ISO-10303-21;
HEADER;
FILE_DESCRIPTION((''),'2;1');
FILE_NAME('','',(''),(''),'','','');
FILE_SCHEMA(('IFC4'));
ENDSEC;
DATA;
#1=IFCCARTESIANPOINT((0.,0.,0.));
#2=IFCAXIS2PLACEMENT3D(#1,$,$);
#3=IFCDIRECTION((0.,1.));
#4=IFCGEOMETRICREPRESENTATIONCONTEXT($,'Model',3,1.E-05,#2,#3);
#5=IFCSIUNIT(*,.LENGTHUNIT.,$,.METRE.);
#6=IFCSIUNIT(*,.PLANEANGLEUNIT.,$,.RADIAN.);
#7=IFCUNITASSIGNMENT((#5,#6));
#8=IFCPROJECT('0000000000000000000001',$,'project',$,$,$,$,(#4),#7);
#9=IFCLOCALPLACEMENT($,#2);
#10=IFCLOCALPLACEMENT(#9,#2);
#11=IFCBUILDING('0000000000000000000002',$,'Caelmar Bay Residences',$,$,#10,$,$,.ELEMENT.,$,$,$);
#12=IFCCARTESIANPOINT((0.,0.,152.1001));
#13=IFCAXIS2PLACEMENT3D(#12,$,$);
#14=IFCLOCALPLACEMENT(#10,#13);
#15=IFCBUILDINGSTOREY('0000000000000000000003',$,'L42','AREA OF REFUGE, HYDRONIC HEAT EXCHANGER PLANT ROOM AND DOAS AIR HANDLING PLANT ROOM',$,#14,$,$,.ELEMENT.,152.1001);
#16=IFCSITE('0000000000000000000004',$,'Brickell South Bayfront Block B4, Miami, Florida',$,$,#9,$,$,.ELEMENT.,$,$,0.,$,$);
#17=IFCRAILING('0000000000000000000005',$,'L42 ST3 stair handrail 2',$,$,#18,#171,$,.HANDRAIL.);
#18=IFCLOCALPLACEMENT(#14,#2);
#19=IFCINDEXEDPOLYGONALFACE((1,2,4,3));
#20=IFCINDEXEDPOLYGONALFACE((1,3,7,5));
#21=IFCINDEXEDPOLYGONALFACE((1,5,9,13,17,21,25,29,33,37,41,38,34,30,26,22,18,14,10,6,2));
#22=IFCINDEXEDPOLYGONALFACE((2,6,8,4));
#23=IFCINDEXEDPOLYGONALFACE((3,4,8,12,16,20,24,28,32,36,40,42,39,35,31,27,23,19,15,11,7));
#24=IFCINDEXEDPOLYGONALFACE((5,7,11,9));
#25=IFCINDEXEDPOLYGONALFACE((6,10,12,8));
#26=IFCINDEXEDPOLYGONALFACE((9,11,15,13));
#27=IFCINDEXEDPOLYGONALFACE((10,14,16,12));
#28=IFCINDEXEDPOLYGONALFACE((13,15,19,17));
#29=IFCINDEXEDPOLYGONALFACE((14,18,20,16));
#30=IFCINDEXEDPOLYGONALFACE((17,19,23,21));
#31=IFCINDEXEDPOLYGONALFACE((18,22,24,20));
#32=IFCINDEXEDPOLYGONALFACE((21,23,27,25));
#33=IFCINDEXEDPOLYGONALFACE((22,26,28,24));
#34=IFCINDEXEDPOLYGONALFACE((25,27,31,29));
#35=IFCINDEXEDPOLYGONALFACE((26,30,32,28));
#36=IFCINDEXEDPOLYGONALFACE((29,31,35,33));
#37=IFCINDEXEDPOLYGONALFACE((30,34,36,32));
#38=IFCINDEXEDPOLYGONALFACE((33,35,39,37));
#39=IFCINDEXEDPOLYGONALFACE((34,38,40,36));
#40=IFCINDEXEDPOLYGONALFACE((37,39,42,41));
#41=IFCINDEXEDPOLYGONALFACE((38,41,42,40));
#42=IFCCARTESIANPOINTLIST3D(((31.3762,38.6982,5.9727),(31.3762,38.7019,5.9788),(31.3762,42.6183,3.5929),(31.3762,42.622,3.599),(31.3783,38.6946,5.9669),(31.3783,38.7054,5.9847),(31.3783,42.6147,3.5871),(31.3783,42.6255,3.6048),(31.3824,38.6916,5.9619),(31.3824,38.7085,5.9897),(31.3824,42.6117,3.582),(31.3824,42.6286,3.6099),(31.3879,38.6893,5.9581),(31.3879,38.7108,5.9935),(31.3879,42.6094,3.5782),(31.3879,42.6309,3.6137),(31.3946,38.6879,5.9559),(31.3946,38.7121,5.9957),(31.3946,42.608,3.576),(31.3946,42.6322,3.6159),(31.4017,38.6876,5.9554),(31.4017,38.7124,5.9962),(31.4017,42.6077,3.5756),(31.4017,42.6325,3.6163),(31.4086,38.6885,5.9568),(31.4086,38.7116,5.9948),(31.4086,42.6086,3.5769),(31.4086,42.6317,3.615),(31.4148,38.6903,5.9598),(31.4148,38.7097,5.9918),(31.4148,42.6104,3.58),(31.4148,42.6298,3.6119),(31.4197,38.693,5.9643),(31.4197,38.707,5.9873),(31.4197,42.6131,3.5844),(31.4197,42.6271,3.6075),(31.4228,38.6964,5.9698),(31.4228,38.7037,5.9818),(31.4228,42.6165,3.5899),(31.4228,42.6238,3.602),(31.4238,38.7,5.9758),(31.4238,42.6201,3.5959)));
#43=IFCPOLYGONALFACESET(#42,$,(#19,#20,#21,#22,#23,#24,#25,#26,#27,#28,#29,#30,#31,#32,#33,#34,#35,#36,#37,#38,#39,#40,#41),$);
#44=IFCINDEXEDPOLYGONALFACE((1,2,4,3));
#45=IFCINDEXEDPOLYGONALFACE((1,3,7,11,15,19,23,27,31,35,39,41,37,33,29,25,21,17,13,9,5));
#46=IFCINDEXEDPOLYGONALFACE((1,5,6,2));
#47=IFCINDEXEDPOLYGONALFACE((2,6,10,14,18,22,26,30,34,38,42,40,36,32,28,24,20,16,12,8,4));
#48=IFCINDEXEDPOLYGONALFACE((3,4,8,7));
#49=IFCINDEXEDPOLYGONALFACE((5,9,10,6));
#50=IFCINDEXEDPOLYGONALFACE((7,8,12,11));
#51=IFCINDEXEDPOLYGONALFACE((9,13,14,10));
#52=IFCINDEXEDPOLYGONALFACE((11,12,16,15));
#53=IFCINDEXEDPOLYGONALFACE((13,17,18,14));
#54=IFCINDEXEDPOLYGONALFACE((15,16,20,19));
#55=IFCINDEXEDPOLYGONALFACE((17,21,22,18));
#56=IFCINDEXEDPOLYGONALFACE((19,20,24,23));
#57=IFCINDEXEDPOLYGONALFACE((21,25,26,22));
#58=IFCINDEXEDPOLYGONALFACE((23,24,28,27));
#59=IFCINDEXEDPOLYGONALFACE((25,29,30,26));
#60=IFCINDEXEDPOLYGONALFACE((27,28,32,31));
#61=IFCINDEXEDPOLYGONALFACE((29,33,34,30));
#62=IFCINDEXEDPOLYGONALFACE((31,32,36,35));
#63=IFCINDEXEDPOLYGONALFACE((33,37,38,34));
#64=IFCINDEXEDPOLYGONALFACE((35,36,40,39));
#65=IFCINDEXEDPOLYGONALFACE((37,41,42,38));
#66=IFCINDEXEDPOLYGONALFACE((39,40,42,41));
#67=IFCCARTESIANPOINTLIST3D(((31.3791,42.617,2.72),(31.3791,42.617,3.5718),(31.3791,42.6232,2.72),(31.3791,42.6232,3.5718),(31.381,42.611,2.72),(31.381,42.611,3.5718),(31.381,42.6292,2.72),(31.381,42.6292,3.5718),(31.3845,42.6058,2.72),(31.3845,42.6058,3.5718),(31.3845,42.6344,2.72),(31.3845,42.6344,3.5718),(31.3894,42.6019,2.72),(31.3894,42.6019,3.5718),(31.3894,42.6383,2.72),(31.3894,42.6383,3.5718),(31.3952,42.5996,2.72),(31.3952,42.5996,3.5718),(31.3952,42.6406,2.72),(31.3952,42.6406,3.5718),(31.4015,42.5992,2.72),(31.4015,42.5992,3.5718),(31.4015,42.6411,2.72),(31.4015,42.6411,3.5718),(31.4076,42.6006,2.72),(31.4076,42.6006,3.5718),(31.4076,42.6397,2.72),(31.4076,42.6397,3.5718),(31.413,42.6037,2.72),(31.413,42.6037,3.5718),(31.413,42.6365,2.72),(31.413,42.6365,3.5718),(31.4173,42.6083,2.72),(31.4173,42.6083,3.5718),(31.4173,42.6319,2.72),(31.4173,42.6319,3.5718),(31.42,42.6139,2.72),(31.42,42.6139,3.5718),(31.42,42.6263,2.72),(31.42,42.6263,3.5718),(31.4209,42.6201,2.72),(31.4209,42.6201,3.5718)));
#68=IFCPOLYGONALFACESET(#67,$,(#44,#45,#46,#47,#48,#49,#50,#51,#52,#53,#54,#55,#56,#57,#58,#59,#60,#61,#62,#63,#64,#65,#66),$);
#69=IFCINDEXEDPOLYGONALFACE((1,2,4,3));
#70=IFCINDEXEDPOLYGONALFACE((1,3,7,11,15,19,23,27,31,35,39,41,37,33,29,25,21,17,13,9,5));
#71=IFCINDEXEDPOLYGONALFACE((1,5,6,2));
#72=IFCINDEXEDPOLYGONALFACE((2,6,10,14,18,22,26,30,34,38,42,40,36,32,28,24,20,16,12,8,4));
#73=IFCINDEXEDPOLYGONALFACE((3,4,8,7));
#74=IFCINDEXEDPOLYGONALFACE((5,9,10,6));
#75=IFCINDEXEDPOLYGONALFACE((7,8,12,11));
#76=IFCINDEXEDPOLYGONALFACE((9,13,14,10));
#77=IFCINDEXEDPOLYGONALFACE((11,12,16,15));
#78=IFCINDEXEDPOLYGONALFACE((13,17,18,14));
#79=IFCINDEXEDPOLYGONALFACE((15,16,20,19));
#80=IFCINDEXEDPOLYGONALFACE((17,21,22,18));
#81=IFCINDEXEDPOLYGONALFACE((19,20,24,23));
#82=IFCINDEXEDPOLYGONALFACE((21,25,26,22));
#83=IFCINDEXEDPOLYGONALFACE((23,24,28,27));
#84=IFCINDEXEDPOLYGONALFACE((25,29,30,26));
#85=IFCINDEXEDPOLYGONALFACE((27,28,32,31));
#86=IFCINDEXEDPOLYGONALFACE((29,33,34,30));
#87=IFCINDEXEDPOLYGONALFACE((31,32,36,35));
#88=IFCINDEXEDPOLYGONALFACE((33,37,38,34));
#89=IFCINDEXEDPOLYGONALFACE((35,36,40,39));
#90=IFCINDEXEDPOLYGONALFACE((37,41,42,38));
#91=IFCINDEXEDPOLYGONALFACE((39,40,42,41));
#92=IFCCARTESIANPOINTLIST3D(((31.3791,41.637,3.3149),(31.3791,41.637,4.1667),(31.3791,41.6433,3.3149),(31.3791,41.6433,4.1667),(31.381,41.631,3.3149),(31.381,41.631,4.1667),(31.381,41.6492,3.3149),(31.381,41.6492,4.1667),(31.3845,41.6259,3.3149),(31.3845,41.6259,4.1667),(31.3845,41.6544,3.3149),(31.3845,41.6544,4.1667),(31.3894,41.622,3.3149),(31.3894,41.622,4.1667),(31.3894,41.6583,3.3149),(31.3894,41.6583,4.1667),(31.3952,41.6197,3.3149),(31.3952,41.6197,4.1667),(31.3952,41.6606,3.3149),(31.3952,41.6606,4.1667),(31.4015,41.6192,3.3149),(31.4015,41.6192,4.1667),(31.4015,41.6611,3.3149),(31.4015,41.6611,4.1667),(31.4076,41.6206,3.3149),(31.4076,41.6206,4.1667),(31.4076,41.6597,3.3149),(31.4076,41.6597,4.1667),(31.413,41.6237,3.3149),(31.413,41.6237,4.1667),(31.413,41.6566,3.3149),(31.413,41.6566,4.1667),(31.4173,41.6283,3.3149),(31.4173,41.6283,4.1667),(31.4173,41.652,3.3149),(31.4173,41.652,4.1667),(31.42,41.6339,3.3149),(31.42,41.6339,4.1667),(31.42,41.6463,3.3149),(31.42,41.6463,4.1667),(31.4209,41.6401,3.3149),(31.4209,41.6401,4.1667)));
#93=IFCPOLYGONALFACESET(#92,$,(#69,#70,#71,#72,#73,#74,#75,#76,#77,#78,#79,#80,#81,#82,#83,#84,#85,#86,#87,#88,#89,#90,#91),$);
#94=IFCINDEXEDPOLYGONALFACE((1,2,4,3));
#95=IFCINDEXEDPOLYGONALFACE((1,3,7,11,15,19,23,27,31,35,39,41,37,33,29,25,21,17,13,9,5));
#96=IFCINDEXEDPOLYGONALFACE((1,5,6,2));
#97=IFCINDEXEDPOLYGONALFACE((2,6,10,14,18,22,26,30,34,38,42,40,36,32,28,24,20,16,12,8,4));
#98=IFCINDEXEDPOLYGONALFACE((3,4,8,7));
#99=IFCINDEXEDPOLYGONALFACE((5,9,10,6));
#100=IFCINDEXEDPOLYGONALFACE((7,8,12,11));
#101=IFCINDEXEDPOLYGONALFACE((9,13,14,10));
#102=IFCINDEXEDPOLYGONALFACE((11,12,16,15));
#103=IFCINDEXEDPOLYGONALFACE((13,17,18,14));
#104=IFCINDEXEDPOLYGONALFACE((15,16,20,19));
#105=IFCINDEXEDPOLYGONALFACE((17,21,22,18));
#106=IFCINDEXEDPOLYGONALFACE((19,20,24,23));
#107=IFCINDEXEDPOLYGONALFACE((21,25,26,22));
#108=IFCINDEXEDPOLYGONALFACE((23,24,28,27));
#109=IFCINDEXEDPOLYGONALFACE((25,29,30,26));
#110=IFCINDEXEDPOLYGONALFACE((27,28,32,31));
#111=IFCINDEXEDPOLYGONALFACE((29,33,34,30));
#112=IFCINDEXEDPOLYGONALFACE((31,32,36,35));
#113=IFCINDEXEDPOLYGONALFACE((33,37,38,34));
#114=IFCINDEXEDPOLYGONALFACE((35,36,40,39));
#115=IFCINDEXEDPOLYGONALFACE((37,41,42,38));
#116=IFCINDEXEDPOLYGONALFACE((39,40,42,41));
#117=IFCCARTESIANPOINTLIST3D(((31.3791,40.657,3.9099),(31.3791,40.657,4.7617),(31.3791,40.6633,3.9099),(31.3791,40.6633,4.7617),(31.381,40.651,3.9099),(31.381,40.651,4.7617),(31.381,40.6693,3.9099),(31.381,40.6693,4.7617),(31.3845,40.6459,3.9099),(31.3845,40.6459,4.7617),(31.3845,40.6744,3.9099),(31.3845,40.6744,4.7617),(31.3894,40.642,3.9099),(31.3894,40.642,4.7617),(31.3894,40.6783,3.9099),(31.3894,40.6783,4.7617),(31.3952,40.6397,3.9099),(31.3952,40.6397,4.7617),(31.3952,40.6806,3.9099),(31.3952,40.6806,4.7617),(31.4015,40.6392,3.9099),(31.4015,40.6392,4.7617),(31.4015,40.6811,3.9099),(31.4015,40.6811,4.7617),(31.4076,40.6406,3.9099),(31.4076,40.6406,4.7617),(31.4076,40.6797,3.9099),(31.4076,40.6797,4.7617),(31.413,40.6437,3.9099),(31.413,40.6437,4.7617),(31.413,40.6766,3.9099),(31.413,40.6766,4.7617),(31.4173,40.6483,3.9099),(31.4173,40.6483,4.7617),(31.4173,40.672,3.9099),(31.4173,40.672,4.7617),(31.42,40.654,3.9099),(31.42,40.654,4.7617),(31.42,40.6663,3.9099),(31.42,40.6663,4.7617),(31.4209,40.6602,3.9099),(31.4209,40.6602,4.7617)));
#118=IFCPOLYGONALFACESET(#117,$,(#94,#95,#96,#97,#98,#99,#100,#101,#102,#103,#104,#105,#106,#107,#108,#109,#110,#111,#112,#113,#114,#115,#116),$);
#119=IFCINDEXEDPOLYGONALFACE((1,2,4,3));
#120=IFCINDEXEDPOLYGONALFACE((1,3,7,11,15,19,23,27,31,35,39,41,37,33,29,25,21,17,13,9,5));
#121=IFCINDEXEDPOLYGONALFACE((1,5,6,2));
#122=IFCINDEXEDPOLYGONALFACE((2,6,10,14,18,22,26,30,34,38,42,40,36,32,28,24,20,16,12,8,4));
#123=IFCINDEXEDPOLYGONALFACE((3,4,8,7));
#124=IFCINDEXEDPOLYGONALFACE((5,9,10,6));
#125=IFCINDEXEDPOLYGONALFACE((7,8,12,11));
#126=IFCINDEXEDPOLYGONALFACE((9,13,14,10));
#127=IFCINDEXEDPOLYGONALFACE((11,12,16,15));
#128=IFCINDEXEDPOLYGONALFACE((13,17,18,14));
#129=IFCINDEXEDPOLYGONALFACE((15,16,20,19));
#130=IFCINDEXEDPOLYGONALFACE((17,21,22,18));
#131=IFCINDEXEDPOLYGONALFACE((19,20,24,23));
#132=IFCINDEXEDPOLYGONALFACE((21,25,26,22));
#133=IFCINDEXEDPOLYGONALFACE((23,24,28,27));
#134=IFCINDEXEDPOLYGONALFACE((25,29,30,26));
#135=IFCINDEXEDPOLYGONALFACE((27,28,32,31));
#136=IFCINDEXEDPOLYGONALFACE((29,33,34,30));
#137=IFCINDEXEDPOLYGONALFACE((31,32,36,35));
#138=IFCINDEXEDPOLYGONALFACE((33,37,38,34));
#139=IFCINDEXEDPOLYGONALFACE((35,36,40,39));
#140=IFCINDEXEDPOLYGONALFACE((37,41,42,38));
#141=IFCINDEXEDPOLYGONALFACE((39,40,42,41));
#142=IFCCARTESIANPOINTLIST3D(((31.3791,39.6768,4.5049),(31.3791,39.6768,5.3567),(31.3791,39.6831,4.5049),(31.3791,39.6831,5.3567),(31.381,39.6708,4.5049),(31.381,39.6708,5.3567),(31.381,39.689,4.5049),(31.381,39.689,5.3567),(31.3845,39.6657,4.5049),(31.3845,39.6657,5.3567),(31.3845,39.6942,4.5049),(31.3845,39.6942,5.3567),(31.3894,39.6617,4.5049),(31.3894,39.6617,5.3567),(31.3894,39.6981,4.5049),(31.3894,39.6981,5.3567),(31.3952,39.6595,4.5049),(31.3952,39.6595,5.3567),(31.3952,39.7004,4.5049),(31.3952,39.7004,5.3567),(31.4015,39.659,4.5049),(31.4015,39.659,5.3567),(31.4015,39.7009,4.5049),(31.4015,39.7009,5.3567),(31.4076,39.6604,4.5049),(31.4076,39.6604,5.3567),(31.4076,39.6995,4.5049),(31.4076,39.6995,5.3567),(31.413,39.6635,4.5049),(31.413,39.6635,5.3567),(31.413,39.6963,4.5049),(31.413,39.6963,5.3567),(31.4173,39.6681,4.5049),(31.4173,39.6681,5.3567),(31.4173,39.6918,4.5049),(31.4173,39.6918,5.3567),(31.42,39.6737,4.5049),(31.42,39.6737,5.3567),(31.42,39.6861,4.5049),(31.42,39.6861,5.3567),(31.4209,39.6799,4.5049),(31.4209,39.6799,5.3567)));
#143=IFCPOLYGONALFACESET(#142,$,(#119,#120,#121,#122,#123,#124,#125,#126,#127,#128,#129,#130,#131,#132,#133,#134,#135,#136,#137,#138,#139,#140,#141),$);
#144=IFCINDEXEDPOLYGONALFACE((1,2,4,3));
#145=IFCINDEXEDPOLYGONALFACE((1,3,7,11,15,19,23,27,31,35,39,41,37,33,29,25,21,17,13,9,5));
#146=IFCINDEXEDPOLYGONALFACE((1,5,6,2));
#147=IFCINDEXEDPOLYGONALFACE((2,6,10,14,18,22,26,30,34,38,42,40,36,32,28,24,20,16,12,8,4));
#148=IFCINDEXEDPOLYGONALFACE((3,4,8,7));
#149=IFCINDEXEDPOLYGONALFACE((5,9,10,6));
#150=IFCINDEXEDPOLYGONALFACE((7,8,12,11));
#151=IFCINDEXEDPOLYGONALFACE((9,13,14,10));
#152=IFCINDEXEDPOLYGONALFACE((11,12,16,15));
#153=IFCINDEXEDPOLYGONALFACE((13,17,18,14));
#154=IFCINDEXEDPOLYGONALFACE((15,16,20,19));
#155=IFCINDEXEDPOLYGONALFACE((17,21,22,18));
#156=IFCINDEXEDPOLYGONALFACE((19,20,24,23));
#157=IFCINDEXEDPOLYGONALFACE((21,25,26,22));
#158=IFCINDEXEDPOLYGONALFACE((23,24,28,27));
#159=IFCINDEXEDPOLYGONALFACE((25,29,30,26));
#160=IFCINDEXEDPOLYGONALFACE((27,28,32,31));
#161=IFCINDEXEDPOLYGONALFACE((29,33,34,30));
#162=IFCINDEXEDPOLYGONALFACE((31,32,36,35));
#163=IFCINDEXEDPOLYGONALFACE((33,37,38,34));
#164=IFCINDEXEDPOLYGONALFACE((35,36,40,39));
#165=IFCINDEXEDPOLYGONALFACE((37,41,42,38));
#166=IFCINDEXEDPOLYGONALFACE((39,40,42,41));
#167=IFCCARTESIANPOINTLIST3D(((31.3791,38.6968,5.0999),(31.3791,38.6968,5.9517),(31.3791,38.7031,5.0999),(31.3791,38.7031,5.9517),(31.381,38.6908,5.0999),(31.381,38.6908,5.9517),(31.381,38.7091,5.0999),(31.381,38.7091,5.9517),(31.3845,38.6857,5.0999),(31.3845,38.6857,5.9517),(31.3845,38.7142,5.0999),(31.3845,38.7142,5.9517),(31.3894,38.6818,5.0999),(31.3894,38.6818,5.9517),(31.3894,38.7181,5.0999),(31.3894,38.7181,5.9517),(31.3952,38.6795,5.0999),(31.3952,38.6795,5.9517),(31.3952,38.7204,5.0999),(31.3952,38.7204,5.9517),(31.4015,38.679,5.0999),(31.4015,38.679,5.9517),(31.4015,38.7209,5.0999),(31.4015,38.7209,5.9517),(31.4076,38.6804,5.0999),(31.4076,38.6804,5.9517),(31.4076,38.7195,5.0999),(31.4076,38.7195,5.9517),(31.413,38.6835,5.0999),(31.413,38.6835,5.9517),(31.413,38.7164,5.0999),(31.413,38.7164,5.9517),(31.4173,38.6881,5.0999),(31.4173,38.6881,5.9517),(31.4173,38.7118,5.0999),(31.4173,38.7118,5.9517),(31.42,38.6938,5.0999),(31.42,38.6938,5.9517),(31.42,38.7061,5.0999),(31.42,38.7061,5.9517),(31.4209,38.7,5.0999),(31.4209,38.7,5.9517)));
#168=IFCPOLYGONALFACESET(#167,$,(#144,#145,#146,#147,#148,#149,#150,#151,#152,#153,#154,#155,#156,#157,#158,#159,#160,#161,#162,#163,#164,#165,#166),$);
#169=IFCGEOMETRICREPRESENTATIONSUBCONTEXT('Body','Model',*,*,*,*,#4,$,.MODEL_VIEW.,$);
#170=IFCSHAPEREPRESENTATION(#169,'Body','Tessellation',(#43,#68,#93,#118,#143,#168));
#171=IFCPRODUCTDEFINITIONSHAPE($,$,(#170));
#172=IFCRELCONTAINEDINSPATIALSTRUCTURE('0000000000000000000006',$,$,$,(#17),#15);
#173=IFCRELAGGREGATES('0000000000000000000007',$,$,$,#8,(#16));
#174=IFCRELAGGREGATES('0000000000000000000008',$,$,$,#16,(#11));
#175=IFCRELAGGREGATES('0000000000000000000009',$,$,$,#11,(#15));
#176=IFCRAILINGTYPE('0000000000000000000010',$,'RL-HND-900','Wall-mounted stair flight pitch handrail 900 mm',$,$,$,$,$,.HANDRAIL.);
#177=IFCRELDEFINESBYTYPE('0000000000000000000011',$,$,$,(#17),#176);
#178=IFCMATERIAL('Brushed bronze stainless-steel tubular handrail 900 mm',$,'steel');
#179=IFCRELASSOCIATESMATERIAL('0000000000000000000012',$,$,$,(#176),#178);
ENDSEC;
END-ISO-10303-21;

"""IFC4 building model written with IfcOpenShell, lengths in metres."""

from ifc_helpers import new_model, si_unit, direction, frame, origin, origin_2d, place, context, subcontext, project, spatial, circle, extrude, material, type_object, element, save


model = new_model("IFC4")

# Units and contexts
model_context = context("Model", 3, precision=1e-05, world=origin(), true_north=direction((0.0, 1.0)))
body_context = subcontext(model_context, "Body", "Model", "MODEL_VIEW")
ifc_project = project(units=[si_unit("LENGTHUNIT", "METRE"), si_unit("PLANEANGLEUNIT", "RADIAN")], contexts=[model_context])

# Site, building, storey
site_placement = place(None, origin())
site = spatial("IfcSite", under=ifc_project, at=site_placement, Name="Brickell South Bayfront Block B4, Miami, Florida", CompositionType="ELEMENT", RefElevation=0.0)
building_placement = place(site_placement, origin())
building = spatial("IfcBuilding", under=site, at=building_placement, Name="Caelmar Bay Residences", CompositionType="ELEMENT")
storey_placement = place(building_placement, frame((0.0, 0.0, 152.1001)))
storey = spatial("IfcBuildingStorey", under=building, at=storey_placement, Name="L42", Description="AREA OF REFUGE, HYDRONIC HEAT EXCHANGER PLANT ROOM AND DOAS AIR HANDLING PLANT ROOM", CompositionType="ELEMENT", Elevation=152.1001)

# Railing
ifc_material_1 = material(Name="Brushed bronze stainless-steel tubular handrail 900 mm", Category="steel")
railing_type_1 = type_object("IfcRailingType", Name="RL-HND-900", Description="Wall-mounted stair flight pitch handrail 900 mm", PredefinedType="HANDRAIL", material=ifc_material_1)
railing_1_placement = place(storey_placement, frame((31.3999, 42.6201, 2.72)))
element("IfcRailing", 1, at=railing_1_placement, inside=storey, type_object=railing_type_1, Name="L42 ST3 stair handrail 2", PredefinedType="HANDRAIL", context=body_context, shape_type="SweptSolid", body=[
    extrude(circle(Radius=0.0239, at=origin_2d()), frame((0.0, 0.0, 0.876), z_axis=(0.0, -0.854809, 0.518943), x_axis=(1.0, 0.0, 0.0)), (0.0, 0.0, 1.0), 4.5859),
    extrude(circle(Radius=0.021, at=origin_2d()), origin(), (0.0, 0.0, 1.0), 0.8518),
    extrude(circle(Radius=0.021, at=origin_2d()), frame((0.0, -0.98, 0.595)), (0.0, 0.0, 1.0), 0.8518),
    extrude(circle(Radius=0.021, at=origin_2d()), frame((0.0, -1.96, 1.1899)), (0.0, 0.0, 1.0), 0.8518),
    extrude(circle(Radius=0.021, at=origin_2d()), frame((0.0, -2.9402, 1.7849)), (0.0, 0.0, 1.0), 0.8518),
    extrude(circle(Radius=0.021, at=origin_2d()), frame((0.0, -3.9202, 2.3799)), (0.0, 0.0, 1.0), 0.8518),
])

save(model, "model.ifc")
